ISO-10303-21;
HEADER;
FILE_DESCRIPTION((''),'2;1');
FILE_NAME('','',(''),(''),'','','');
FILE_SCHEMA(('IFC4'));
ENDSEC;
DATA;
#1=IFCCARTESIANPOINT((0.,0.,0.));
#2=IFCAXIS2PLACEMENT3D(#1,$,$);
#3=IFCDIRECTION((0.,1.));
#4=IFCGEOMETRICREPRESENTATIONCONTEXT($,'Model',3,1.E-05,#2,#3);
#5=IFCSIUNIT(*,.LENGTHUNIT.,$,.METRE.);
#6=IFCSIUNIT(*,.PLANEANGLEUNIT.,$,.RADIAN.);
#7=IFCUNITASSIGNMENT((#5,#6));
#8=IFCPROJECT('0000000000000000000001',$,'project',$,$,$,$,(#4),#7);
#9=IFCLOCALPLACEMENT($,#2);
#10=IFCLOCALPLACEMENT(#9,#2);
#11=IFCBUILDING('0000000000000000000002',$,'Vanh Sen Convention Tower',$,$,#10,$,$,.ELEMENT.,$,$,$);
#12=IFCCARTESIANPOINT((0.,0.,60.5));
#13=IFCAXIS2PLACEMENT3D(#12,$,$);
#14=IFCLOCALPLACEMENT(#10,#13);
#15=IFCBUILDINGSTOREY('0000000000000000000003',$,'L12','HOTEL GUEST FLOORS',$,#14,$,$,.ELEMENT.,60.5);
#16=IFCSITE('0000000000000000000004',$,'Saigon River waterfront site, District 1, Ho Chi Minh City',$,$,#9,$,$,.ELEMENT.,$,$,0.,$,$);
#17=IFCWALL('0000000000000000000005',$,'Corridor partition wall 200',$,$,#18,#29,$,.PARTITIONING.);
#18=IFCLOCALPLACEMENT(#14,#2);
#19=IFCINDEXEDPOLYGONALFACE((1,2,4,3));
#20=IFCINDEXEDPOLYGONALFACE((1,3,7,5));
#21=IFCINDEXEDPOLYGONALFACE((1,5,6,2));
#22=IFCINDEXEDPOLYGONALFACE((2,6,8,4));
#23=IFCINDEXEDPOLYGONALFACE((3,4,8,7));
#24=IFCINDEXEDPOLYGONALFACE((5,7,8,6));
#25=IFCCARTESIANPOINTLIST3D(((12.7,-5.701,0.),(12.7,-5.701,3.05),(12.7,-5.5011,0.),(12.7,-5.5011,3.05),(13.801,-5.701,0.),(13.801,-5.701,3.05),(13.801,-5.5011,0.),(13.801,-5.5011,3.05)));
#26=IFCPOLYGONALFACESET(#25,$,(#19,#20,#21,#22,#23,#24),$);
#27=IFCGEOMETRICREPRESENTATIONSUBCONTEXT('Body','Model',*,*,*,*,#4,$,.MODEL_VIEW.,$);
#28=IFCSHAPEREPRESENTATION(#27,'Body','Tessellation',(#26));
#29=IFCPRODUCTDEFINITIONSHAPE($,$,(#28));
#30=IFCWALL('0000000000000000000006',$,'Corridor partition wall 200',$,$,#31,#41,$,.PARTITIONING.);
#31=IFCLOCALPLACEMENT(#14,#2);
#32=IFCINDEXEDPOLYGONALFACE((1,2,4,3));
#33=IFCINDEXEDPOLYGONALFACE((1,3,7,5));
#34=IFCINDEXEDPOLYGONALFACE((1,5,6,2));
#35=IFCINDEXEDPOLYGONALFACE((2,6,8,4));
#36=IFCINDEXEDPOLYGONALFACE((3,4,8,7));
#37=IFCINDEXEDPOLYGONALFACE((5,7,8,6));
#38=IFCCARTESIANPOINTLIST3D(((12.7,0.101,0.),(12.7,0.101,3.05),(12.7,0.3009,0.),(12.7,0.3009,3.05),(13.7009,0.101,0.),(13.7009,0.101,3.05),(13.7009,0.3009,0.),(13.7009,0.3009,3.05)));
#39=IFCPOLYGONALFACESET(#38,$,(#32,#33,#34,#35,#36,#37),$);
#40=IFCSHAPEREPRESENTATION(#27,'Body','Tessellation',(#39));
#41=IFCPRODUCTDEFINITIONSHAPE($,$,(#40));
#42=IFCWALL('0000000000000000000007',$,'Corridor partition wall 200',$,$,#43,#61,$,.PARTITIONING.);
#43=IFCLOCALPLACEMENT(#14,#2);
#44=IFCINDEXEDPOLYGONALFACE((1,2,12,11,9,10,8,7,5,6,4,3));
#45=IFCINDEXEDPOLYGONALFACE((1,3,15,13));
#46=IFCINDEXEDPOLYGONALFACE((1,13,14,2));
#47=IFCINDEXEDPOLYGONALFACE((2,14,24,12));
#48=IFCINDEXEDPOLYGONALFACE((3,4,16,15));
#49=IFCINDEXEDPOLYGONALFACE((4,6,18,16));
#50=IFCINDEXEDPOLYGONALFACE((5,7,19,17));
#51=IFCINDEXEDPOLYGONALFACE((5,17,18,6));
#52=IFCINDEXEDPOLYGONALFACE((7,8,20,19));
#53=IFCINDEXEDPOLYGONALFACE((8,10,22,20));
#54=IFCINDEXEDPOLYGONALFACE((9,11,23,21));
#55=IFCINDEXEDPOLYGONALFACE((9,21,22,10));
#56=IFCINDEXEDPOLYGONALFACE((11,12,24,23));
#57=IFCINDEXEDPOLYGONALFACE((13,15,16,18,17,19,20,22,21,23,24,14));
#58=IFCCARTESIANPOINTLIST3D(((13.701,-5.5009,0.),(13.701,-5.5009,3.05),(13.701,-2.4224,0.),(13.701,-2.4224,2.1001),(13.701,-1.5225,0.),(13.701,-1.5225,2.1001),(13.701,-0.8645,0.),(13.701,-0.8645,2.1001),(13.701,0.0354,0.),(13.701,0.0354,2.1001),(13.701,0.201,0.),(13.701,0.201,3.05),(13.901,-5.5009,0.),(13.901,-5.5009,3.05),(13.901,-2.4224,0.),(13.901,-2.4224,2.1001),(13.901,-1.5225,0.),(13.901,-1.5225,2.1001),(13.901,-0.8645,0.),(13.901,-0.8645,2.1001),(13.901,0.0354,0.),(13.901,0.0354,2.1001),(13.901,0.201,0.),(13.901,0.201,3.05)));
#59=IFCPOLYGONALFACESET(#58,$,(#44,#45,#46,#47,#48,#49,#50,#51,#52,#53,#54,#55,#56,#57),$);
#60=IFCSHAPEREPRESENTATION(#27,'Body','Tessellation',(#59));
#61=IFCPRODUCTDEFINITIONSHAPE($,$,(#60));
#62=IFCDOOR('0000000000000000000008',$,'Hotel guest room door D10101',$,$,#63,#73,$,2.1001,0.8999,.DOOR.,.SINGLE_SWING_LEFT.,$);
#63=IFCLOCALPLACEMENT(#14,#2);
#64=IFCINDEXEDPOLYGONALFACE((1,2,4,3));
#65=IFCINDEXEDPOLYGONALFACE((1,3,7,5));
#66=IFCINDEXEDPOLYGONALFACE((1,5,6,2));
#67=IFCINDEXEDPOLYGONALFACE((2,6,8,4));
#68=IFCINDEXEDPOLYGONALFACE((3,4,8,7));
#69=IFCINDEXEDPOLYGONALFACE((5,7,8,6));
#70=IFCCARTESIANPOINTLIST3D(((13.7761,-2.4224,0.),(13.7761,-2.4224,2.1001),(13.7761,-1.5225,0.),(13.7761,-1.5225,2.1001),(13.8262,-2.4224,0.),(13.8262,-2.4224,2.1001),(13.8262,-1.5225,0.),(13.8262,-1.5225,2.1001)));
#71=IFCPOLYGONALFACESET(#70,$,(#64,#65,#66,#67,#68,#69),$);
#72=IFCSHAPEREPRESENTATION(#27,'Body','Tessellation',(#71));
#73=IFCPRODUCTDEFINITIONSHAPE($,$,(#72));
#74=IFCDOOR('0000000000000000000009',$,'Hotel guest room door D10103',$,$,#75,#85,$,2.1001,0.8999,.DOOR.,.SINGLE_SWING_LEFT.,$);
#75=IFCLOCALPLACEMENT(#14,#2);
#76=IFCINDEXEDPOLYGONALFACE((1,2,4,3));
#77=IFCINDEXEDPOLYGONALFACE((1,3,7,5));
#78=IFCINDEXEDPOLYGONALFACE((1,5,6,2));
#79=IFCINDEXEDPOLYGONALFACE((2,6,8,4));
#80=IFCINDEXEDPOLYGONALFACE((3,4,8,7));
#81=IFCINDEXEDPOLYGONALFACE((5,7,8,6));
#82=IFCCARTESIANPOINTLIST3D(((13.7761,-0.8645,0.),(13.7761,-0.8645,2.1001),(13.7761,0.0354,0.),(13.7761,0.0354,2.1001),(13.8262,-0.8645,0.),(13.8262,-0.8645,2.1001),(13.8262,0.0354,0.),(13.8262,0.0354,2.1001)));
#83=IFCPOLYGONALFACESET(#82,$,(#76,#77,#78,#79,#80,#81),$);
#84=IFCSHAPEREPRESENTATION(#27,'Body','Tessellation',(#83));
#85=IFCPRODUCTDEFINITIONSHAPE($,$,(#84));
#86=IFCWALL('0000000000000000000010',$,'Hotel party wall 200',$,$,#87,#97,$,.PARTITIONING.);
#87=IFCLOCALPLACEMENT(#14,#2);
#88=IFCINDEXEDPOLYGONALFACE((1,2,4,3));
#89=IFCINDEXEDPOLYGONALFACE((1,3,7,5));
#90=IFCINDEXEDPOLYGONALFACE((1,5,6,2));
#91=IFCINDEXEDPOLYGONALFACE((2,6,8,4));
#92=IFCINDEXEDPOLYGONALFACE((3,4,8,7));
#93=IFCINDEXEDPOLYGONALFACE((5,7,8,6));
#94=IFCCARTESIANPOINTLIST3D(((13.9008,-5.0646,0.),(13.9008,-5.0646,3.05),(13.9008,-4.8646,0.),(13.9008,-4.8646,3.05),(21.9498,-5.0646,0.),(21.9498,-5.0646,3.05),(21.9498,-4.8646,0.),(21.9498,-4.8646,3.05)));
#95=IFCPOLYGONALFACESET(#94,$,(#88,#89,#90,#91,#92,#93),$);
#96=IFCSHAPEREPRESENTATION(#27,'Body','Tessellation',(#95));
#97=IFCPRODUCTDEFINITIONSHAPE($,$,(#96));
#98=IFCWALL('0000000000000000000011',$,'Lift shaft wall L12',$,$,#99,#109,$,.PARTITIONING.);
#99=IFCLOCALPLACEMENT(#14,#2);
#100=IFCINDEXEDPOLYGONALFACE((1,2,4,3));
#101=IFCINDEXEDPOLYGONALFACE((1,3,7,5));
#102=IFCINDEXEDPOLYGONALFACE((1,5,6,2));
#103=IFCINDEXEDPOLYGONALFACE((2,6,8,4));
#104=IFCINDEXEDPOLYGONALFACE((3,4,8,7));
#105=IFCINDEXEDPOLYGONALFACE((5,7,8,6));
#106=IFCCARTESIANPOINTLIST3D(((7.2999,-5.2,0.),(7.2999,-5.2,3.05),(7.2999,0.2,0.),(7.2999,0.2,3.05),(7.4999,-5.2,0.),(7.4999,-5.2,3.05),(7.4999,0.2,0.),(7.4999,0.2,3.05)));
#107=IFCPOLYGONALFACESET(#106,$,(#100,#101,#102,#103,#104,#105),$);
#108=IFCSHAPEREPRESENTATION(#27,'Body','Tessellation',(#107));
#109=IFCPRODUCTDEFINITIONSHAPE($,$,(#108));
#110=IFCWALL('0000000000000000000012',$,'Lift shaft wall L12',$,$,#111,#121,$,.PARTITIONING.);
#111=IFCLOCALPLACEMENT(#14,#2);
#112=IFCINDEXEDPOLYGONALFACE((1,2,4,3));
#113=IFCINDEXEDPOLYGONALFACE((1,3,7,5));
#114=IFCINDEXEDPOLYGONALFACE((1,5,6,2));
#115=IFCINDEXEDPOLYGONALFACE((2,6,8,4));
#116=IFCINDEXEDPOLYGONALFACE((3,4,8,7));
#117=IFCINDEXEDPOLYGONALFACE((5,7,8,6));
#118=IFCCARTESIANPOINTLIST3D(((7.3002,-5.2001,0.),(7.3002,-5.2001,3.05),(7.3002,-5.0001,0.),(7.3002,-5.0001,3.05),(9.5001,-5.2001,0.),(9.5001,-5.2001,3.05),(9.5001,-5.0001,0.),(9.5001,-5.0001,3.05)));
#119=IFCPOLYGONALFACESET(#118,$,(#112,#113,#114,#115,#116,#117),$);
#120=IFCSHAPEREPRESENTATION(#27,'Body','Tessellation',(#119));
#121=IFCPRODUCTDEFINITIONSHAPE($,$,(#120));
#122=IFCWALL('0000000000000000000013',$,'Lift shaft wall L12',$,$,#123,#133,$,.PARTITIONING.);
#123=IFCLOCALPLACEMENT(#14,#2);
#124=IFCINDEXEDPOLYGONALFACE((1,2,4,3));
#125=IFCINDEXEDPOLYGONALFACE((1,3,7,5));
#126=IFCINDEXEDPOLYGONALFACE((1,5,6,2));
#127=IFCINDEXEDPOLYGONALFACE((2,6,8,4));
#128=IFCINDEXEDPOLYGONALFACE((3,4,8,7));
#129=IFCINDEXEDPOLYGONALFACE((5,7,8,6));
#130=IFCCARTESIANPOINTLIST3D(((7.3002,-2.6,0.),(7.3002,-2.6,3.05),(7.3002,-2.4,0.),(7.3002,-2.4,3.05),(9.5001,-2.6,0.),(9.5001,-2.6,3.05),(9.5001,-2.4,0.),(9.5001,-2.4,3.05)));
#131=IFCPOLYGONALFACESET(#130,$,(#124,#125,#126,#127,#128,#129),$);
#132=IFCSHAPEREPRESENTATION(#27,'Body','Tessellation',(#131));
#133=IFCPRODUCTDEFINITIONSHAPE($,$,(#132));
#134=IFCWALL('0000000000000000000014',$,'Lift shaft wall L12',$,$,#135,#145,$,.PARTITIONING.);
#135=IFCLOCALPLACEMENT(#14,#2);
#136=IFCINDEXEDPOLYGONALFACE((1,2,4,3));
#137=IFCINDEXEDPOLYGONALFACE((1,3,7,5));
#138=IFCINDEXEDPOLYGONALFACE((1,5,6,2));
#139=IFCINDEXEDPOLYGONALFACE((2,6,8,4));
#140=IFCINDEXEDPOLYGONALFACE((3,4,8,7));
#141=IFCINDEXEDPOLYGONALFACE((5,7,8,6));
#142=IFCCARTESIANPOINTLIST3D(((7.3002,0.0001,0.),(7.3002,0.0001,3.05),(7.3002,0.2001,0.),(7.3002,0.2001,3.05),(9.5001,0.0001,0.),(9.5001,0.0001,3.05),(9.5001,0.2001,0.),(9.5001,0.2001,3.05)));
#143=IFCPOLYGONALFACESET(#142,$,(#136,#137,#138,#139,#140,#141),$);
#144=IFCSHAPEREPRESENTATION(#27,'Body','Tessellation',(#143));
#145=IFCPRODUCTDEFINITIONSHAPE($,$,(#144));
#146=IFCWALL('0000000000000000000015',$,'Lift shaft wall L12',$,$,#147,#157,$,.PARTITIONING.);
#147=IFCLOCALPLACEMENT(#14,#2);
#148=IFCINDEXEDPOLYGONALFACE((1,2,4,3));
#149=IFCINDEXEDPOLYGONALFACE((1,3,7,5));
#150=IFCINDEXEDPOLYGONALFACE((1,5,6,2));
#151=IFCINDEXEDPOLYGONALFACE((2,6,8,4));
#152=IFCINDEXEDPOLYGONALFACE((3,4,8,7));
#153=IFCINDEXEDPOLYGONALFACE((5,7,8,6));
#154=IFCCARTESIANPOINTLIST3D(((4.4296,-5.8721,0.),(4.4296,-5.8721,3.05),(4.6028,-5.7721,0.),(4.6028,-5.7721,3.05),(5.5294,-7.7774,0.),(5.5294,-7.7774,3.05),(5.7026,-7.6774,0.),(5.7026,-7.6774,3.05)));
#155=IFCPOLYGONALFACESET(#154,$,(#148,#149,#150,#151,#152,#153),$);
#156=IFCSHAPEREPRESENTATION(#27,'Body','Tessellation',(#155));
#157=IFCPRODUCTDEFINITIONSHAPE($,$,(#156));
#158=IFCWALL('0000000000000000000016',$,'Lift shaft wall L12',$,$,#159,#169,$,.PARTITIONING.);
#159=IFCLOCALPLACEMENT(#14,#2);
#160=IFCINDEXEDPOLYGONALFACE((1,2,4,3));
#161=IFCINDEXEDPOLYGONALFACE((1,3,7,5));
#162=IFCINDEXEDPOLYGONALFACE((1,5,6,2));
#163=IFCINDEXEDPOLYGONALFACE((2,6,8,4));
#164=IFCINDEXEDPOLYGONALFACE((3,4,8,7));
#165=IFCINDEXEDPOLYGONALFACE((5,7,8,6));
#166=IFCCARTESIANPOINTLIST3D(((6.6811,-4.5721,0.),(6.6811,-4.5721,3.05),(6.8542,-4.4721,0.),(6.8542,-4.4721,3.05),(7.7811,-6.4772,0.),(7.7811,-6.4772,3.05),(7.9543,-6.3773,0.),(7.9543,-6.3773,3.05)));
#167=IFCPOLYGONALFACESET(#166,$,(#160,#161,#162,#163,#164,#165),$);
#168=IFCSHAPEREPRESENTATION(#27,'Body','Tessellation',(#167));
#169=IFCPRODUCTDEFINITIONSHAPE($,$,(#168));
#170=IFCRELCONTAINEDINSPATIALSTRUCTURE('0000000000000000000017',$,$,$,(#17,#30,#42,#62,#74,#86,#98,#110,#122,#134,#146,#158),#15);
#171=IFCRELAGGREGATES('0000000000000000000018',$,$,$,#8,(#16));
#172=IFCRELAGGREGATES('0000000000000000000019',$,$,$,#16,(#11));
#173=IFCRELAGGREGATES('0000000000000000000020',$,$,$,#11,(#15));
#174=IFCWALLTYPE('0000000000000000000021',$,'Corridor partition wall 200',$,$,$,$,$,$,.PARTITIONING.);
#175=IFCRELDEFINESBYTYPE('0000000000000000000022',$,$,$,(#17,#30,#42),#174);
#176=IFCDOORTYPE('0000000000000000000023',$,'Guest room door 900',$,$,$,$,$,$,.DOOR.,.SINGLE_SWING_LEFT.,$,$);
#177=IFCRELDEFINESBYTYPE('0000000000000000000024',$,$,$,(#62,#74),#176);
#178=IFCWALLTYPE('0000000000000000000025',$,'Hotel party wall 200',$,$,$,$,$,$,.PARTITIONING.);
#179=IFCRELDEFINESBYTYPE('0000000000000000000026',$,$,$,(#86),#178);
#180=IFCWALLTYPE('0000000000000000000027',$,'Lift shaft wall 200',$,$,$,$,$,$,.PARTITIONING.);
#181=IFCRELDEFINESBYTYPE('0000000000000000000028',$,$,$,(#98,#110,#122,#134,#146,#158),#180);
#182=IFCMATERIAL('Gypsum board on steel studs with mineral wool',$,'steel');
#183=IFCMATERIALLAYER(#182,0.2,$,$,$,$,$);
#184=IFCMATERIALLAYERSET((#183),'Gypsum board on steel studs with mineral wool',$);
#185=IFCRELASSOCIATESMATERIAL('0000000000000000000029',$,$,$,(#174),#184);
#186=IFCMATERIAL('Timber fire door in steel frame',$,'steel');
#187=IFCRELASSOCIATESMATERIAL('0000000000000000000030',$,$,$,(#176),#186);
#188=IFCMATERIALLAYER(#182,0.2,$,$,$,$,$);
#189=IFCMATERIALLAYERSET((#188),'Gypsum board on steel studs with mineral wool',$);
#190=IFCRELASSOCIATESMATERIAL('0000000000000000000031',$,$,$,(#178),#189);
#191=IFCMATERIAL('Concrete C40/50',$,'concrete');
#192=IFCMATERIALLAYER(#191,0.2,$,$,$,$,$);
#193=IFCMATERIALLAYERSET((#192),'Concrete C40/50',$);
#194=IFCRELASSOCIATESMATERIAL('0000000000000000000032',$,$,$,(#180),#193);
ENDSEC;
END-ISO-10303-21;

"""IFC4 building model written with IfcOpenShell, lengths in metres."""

from ifc_helpers import new_model, si_unit, direction, frame, frame_2d, origin, place, context, subcontext, project, spatial, rectangle, extrude, material, layer, layer_set, type_object, element, fill, save


model = new_model("IFC4")

# Units and contexts
model_context = context("Model", 3, precision=1e-05, world=origin(), true_north=direction((0.0, 1.0)))
body_context = subcontext(model_context, "Body", "Model", "MODEL_VIEW")
ifc_project = project(units=[si_unit("LENGTHUNIT", "METRE"), si_unit("PLANEANGLEUNIT", "RADIAN")], contexts=[model_context])

# Site, building, storey
site_placement = place(None, origin())
site = spatial("IfcSite", under=ifc_project, at=site_placement, Name="Saigon River waterfront site, District 1, Ho Chi Minh City", CompositionType="ELEMENT", RefElevation=0.0)
building_placement = place(site_placement, origin())
building = spatial("IfcBuilding", under=site, at=building_placement, Name="Vanh Sen Convention Tower", CompositionType="ELEMENT")
storey_placement = place(building_placement, frame((0.0, 0.0, 60.5)))
storey = spatial("IfcBuildingStorey", under=building, at=storey_placement, Name="L12", Description="HOTEL GUEST FLOORS", CompositionType="ELEMENT", Elevation=60.5)

# Shared definitions
ifc_material_1 = material(Name="Gypsum board on steel studs with mineral wool", Category="steel")
ifc_layer_1 = layer(ifc_material_1, 0.2)
ifc_layer_set_1 = layer_set([ifc_layer_1], Name="Gypsum board on steel studs with mineral wool")
wall_type_1 = type_object("IfcWallType", Name="Corridor partition wall 200", PredefinedType="PARTITIONING", material=ifc_layer_set_1)

# Shared definitions
ifc_material_2 = material(Name="Timber fire door in steel frame", Category="steel")
door_type_1 = type_object("IfcDoorType", Name="Guest room door 900", OperationType="SINGLE_SWING_LEFT", PredefinedType="DOOR", material=ifc_material_2)

# Walls
wall_1_placement = place(storey_placement, frame((12.7, -5.6011, 0.0), z_axis=(0.0, 0.0, 1.0), x_axis=(1.0, 0.0, 0.0)))
element("IfcWall", 1, at=wall_1_placement, inside=storey, type_object=wall_type_1, Name="Corridor partition wall 200", PredefinedType="PARTITIONING", context=body_context, shape_type="SweptSolid", body=[
    extrude(rectangle(XDim=1.1011, YDim=0.2, at=frame_2d((0.5505, 0.0))), origin(), (0.0, 0.0, 1.0), 3.05),
])
wall_2_placement = place(storey_placement, frame((13.7009, 0.2009, 0.0), z_axis=(0.0, 0.0, 1.0), x_axis=(-1.0, 0.0, 0.0)))
element("IfcWall", 2, at=wall_2_placement, inside=storey, type_object=wall_type_1, Name="Corridor partition wall 200", PredefinedType="PARTITIONING", context=body_context, shape_type="SweptSolid", body=[
    extrude(rectangle(XDim=1.001, YDim=0.2, at=frame_2d((0.5005, 0.0))), origin(), (0.0, 0.0, 1.0), 3.05),
])

# Wall, openings, doors
wall_3_placement = place(storey_placement, frame((13.801, -5.501, 0.0), z_axis=(0.0, 0.0, 1.0), x_axis=(0.0, 1.0, 0.0)))
wall_3 = element("IfcWall", 3, at=wall_3_placement, inside=storey, type_object=wall_type_1, Name="Corridor partition wall 200", PredefinedType="PARTITIONING", context=body_context, shape_type="SweptSolid", body=[
    extrude(rectangle(XDim=5.7019, YDim=0.2, at=frame_2d((2.8511, 0.0))), origin(), (0.0, 0.0, 1.0), 3.05),
])
opening_1_placement = place(wall_3_placement, frame((3.0786, 0.0, 0.0)))
opening_1 = element("IfcOpeningElement", 4, at=opening_1_placement, cuts=wall_3, PredefinedType="OPENING", context=body_context, shape_type="SweptSolid", body=[
    extrude(rectangle(XDim=0.8999, YDim=2.1001, at=frame_2d((0.45, 1.05))), frame((0.0, 0.1099, 0.0), z_axis=(0.0, -1.0, 0.0), x_axis=(1.0, 0.0, 0.0)), (0.0, 0.0, 1.0), 0.22),
])
opening_2_placement = place(wall_3_placement, frame((4.6365, 0.0, 0.0)))
opening_2 = element("IfcOpeningElement", 5, at=opening_2_placement, cuts=wall_3, PredefinedType="OPENING", context=body_context, shape_type="SweptSolid", body=[
    extrude(rectangle(XDim=0.8999, YDim=2.1001, at=frame_2d((0.45, 1.05))), frame((0.0, 0.1099, 0.0), z_axis=(0.0, -1.0, 0.0), x_axis=(1.0, 0.0, 0.0)), (0.0, 0.0, 1.0), 0.22),
])
door_1_placement = place(opening_1_placement, origin())
door_1 = element("IfcDoor", 6, at=door_1_placement, inside=storey, type_object=door_type_1, Name="Hotel guest room door D10101", OperationType="SINGLE_SWING_LEFT", OverallHeight=2.1001, OverallWidth=0.8999, PredefinedType="DOOR", context=body_context, shape_type="SweptSolid", body=[
    extrude(rectangle(XDim=0.8999, YDim=2.1001, at=frame_2d((0.45, 1.05))), frame((0.0, 0.0249, 0.0), z_axis=(0.0, -1.0, 0.0), x_axis=(1.0, 0.0, 0.0)), (0.0, 0.0, 1.0), 0.05),
])
fill(opening_1, door_1)
door_2_placement = place(opening_2_placement, origin())
door_2 = element("IfcDoor", 7, at=door_2_placement, inside=storey, type_object=door_type_1, Name="Hotel guest room door D10103", OperationType="SINGLE_SWING_LEFT", OverallHeight=2.1001, OverallWidth=0.8999, PredefinedType="DOOR", context=body_context, shape_type="SweptSolid", body=[
    extrude(rectangle(XDim=0.8999, YDim=2.1001, at=frame_2d((0.45, 1.05))), frame((0.0, 0.0249, 0.0), z_axis=(0.0, -1.0, 0.0), x_axis=(1.0, 0.0, 0.0)), (0.0, 0.0, 1.0), 0.05),
])
fill(opening_2, door_2)

# Walls
ifc_layer_2 = layer(ifc_material_1, 0.2)
ifc_layer_set_2 = layer_set([ifc_layer_2], Name="Gypsum board on steel studs with mineral wool")
wall_type_2 = type_object("IfcWallType", Name="Hotel party wall 200", PredefinedType="PARTITIONING", material=ifc_layer_set_2)
wall_4_placement = place(storey_placement, frame((13.9009, -4.9646, 0.0), z_axis=(0.0, 0.0, 1.0), x_axis=(1.0, 0.0, 0.0)))
element("IfcWall", 8, at=wall_4_placement, inside=storey, type_object=wall_type_2, Name="Hotel party wall 200", PredefinedType="PARTITIONING", context=body_context, shape_type="SweptSolid", body=[
    extrude(rectangle(XDim=8.0491, YDim=0.2, at=frame_2d((4.0244, 0.0))), origin(), (0.0, 0.0, 1.0), 3.05),
])
ifc_material_3 = material(Name="Concrete C40/50", Category="concrete")
ifc_layer_3 = layer(ifc_material_3, 0.2)
ifc_layer_set_3 = layer_set([ifc_layer_3], Name="Concrete C40/50")
wall_type_3 = type_object("IfcWallType", Name="Lift shaft wall 200", PredefinedType="PARTITIONING", material=ifc_layer_set_3)
wall_5_placement = place(storey_placement, frame((7.3999, -5.2, 0.0), z_axis=(0.0, 0.0, 1.0), x_axis=(0.0, 1.0, 0.0)))
element("IfcWall", 9, at=wall_5_placement, inside=storey, type_object=wall_type_3, Name="Lift shaft wall L12", PredefinedType="PARTITIONING", context=body_context, shape_type="SweptSolid", body=[
    extrude(rectangle(XDim=5.3999, YDim=0.2, at=frame_2d((2.7, 0.0))), origin(), (0.0, 0.0, 1.0), 3.05),
])
for number, where, z_axis, x_axis, name in (
    (10, (7.3, -5.1001, 0.0), (0.0, 0.0, 1.0), (1.0, 0.0, 0.0), "Lift shaft wall L12"),
    (11, (7.3, -2.5, 0.0), (0.0, 0.0, 1.0), (1.0, 0.0, 0.0), "Lift shaft wall L12"),
    (12, (7.3, 0.1001, 0.0), (0.0, 0.0, 1.0), (1.0, 0.0, 0.0), "Lift shaft wall L12"),
    (13, (4.5161, -5.822, 0.0), (0.0, 0.0, 1.0), (0.499947, -0.866056, 0.0), "Lift shaft wall L12"),
    (14, (6.7676, -4.522, 0.0), (0.0, 0.0, 1.0), (0.50003, -0.866008, 0.0), "Lift shaft wall L12"),
):
    element("IfcWall", number, at=place(storey_placement, frame(where, z_axis=z_axis, x_axis=x_axis)), inside=storey, type_object=wall_type_3, Name=name, PredefinedType="PARTITIONING", context=body_context, shape_type="SweptSolid", body=[
        extrude(rectangle(XDim=2.2, YDim=0.2, at=frame_2d((1.1001, 0.0))), origin(), (0.0, 0.0, 1.0), 3.05),
    ])

save(model, "model.ifc")
